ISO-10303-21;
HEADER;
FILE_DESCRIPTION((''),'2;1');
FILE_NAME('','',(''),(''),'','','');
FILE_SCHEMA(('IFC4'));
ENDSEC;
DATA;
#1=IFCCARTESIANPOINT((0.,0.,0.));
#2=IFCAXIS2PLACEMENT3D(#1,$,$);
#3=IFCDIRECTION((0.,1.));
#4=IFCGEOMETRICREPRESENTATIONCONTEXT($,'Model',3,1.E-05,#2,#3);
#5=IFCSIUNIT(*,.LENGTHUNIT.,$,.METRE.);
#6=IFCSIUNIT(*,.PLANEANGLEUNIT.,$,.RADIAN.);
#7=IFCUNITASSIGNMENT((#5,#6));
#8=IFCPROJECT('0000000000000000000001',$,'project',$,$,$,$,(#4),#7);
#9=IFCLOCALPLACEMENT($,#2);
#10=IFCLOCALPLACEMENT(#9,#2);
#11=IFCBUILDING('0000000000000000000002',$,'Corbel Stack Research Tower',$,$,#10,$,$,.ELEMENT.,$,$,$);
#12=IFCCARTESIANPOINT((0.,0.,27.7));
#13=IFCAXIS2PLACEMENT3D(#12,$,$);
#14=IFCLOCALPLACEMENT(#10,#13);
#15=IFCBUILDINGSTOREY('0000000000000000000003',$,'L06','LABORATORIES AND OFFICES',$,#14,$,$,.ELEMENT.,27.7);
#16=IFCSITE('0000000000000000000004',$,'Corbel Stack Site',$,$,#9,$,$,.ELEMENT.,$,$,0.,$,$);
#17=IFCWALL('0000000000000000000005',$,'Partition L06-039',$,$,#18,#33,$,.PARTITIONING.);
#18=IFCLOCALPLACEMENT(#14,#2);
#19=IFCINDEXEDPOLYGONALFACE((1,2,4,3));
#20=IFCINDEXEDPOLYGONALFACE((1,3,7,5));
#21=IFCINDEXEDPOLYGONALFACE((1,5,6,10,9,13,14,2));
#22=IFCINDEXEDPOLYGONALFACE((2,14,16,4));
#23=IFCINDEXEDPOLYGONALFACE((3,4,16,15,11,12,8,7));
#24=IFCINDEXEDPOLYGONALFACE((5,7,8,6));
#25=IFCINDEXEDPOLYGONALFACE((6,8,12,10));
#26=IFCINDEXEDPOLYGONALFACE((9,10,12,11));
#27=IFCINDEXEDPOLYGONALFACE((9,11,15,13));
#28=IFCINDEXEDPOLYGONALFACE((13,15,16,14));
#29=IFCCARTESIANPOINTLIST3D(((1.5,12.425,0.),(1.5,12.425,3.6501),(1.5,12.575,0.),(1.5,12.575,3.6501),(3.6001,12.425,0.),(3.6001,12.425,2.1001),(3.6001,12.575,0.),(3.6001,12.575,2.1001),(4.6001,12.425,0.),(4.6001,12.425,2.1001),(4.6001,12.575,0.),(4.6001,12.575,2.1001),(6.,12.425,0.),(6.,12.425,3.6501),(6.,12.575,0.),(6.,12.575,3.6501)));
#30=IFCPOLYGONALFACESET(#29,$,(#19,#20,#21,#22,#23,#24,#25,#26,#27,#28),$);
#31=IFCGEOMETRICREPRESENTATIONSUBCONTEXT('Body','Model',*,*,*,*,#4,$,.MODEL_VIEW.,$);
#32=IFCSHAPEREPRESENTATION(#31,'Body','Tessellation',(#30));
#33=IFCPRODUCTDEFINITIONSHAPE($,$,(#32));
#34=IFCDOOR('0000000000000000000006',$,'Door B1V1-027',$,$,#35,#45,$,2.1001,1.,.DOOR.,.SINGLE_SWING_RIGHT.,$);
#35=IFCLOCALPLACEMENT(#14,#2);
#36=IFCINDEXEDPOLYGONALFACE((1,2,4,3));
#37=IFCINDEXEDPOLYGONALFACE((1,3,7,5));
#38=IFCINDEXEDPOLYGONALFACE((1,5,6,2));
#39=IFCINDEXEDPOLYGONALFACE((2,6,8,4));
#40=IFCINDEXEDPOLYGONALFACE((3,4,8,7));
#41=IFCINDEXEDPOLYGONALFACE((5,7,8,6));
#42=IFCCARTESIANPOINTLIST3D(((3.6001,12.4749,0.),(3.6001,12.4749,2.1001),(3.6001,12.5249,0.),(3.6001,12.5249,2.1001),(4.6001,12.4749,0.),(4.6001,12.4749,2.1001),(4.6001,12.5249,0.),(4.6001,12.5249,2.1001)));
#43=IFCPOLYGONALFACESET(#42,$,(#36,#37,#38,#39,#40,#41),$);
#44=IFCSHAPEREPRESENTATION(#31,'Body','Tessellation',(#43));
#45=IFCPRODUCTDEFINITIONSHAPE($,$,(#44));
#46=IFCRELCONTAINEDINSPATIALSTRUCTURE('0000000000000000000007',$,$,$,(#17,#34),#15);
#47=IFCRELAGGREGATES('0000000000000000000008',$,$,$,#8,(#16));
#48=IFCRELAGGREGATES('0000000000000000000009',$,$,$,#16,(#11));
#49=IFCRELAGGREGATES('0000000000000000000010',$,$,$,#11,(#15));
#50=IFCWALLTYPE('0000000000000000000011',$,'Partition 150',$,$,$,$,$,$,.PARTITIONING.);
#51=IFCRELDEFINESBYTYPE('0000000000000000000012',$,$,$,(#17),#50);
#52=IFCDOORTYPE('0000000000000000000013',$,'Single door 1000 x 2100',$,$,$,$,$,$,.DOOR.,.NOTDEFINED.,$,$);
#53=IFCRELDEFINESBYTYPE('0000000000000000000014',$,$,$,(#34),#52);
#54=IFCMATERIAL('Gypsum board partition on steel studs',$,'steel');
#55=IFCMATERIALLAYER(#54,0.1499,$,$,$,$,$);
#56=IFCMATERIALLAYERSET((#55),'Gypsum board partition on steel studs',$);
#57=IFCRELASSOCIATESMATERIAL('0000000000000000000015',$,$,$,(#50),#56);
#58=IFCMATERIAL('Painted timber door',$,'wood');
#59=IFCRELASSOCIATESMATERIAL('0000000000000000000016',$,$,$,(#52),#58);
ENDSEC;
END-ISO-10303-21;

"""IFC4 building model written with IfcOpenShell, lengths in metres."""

from ifc_helpers import new_model, si_unit, direction, frame, frame_2d, origin, place, context, subcontext, project, spatial, rectangle, extrude, material, layer, layer_set, type_object, element, fill, save


model = new_model("IFC4")

# Units and contexts
model_context = context("Model", 3, precision=1e-05, world=origin(), true_north=direction((0.0, 1.0)))
body_context = subcontext(model_context, "Body", "Model", "MODEL_VIEW")
ifc_project = project(units=[si_unit("LENGTHUNIT", "METRE"), si_unit("PLANEANGLEUNIT", "RADIAN")], contexts=[model_context])

# Site, building, storey
site_placement = place(None, origin())
site = spatial("IfcSite", under=ifc_project, at=site_placement, Name="Corbel Stack Site", CompositionType="ELEMENT", RefElevation=0.0)
building_placement = place(site_placement, origin())
building = spatial("IfcBuilding", under=site, at=building_placement, Name="Corbel Stack Research Tower", CompositionType="ELEMENT")
storey_placement = place(building_placement, frame((0.0, 0.0, 27.7)))
storey = spatial("IfcBuildingStorey", under=building, at=storey_placement, Name="L06", Description="LABORATORIES AND OFFICES", CompositionType="ELEMENT", Elevation=27.7)

# Wall, opening, door
ifc_material_1 = material(Name="Gypsum board partition on steel studs", Category="steel")
ifc_layer_1 = layer(ifc_material_1, 0.1499)
ifc_layer_set_1 = layer_set([ifc_layer_1], Name="Gypsum board partition on steel studs")
wall_type_1 = type_object("IfcWallType", Name="Partition 150", PredefinedType="PARTITIONING", material=ifc_layer_set_1)
wall_1_placement = place(storey_placement, frame((1.5, 12.5, 0.0), z_axis=(0.0, 0.0, 1.0), x_axis=(1.0, 0.0, 0.0)))
wall_1 = element("IfcWall", 1, at=wall_1_placement, inside=storey, type_object=wall_type_1, Name="Partition L06-039", PredefinedType="PARTITIONING", context=body_context, shape_type="SweptSolid", body=[
    extrude(rectangle(XDim=4.5, YDim=0.1499, at=frame_2d((2.25, 0.0))), origin(), (0.0, 0.0, 1.0), 3.6501),
])
opening_1_placement = place(wall_1_placement, frame((2.1001, 0.0, 0.0)))
opening_1 = element("IfcOpeningElement", 2, at=opening_1_placement, cuts=wall_1, PredefinedType="OPENING", context=body_context, shape_type="SweptSolid", body=[
    extrude(rectangle(XDim=1.0, YDim=2.1001, at=frame_2d((0.5, 1.05))), frame((0.0, 0.085, 0.0), z_axis=(0.0, -1.0, 0.0), x_axis=(1.0, 0.0, 0.0)), (0.0, 0.0, 1.0), 0.1699),
])
ifc_material_2 = material(Name="Painted timber door", Category="wood")
door_type_1 = type_object("IfcDoorType", Name="Single door 1000 x 2100", OperationType="NOTDEFINED", PredefinedType="DOOR", material=ifc_material_2)
door_1_placement = place(opening_1_placement, origin())
door_1 = element("IfcDoor", 3, at=door_1_placement, inside=storey, type_object=door_type_1, Name="Door B1V1-027", OperationType="SINGLE_SWING_RIGHT", OverallHeight=2.1001, OverallWidth=1.0, PredefinedType="DOOR", context=body_context, shape_type="SweptSolid", body=[
    extrude(rectangle(XDim=1.0, YDim=2.1001, at=frame_2d((0.5, 1.05))), frame((0.0, 0.0249, 0.0), z_axis=(0.0, -1.0, 0.0), x_axis=(1.0, 0.0, 0.0)), (0.0, 0.0, 1.0), 0.05),
])
fill(opening_1, door_1)

save(model, "model.ifc")
